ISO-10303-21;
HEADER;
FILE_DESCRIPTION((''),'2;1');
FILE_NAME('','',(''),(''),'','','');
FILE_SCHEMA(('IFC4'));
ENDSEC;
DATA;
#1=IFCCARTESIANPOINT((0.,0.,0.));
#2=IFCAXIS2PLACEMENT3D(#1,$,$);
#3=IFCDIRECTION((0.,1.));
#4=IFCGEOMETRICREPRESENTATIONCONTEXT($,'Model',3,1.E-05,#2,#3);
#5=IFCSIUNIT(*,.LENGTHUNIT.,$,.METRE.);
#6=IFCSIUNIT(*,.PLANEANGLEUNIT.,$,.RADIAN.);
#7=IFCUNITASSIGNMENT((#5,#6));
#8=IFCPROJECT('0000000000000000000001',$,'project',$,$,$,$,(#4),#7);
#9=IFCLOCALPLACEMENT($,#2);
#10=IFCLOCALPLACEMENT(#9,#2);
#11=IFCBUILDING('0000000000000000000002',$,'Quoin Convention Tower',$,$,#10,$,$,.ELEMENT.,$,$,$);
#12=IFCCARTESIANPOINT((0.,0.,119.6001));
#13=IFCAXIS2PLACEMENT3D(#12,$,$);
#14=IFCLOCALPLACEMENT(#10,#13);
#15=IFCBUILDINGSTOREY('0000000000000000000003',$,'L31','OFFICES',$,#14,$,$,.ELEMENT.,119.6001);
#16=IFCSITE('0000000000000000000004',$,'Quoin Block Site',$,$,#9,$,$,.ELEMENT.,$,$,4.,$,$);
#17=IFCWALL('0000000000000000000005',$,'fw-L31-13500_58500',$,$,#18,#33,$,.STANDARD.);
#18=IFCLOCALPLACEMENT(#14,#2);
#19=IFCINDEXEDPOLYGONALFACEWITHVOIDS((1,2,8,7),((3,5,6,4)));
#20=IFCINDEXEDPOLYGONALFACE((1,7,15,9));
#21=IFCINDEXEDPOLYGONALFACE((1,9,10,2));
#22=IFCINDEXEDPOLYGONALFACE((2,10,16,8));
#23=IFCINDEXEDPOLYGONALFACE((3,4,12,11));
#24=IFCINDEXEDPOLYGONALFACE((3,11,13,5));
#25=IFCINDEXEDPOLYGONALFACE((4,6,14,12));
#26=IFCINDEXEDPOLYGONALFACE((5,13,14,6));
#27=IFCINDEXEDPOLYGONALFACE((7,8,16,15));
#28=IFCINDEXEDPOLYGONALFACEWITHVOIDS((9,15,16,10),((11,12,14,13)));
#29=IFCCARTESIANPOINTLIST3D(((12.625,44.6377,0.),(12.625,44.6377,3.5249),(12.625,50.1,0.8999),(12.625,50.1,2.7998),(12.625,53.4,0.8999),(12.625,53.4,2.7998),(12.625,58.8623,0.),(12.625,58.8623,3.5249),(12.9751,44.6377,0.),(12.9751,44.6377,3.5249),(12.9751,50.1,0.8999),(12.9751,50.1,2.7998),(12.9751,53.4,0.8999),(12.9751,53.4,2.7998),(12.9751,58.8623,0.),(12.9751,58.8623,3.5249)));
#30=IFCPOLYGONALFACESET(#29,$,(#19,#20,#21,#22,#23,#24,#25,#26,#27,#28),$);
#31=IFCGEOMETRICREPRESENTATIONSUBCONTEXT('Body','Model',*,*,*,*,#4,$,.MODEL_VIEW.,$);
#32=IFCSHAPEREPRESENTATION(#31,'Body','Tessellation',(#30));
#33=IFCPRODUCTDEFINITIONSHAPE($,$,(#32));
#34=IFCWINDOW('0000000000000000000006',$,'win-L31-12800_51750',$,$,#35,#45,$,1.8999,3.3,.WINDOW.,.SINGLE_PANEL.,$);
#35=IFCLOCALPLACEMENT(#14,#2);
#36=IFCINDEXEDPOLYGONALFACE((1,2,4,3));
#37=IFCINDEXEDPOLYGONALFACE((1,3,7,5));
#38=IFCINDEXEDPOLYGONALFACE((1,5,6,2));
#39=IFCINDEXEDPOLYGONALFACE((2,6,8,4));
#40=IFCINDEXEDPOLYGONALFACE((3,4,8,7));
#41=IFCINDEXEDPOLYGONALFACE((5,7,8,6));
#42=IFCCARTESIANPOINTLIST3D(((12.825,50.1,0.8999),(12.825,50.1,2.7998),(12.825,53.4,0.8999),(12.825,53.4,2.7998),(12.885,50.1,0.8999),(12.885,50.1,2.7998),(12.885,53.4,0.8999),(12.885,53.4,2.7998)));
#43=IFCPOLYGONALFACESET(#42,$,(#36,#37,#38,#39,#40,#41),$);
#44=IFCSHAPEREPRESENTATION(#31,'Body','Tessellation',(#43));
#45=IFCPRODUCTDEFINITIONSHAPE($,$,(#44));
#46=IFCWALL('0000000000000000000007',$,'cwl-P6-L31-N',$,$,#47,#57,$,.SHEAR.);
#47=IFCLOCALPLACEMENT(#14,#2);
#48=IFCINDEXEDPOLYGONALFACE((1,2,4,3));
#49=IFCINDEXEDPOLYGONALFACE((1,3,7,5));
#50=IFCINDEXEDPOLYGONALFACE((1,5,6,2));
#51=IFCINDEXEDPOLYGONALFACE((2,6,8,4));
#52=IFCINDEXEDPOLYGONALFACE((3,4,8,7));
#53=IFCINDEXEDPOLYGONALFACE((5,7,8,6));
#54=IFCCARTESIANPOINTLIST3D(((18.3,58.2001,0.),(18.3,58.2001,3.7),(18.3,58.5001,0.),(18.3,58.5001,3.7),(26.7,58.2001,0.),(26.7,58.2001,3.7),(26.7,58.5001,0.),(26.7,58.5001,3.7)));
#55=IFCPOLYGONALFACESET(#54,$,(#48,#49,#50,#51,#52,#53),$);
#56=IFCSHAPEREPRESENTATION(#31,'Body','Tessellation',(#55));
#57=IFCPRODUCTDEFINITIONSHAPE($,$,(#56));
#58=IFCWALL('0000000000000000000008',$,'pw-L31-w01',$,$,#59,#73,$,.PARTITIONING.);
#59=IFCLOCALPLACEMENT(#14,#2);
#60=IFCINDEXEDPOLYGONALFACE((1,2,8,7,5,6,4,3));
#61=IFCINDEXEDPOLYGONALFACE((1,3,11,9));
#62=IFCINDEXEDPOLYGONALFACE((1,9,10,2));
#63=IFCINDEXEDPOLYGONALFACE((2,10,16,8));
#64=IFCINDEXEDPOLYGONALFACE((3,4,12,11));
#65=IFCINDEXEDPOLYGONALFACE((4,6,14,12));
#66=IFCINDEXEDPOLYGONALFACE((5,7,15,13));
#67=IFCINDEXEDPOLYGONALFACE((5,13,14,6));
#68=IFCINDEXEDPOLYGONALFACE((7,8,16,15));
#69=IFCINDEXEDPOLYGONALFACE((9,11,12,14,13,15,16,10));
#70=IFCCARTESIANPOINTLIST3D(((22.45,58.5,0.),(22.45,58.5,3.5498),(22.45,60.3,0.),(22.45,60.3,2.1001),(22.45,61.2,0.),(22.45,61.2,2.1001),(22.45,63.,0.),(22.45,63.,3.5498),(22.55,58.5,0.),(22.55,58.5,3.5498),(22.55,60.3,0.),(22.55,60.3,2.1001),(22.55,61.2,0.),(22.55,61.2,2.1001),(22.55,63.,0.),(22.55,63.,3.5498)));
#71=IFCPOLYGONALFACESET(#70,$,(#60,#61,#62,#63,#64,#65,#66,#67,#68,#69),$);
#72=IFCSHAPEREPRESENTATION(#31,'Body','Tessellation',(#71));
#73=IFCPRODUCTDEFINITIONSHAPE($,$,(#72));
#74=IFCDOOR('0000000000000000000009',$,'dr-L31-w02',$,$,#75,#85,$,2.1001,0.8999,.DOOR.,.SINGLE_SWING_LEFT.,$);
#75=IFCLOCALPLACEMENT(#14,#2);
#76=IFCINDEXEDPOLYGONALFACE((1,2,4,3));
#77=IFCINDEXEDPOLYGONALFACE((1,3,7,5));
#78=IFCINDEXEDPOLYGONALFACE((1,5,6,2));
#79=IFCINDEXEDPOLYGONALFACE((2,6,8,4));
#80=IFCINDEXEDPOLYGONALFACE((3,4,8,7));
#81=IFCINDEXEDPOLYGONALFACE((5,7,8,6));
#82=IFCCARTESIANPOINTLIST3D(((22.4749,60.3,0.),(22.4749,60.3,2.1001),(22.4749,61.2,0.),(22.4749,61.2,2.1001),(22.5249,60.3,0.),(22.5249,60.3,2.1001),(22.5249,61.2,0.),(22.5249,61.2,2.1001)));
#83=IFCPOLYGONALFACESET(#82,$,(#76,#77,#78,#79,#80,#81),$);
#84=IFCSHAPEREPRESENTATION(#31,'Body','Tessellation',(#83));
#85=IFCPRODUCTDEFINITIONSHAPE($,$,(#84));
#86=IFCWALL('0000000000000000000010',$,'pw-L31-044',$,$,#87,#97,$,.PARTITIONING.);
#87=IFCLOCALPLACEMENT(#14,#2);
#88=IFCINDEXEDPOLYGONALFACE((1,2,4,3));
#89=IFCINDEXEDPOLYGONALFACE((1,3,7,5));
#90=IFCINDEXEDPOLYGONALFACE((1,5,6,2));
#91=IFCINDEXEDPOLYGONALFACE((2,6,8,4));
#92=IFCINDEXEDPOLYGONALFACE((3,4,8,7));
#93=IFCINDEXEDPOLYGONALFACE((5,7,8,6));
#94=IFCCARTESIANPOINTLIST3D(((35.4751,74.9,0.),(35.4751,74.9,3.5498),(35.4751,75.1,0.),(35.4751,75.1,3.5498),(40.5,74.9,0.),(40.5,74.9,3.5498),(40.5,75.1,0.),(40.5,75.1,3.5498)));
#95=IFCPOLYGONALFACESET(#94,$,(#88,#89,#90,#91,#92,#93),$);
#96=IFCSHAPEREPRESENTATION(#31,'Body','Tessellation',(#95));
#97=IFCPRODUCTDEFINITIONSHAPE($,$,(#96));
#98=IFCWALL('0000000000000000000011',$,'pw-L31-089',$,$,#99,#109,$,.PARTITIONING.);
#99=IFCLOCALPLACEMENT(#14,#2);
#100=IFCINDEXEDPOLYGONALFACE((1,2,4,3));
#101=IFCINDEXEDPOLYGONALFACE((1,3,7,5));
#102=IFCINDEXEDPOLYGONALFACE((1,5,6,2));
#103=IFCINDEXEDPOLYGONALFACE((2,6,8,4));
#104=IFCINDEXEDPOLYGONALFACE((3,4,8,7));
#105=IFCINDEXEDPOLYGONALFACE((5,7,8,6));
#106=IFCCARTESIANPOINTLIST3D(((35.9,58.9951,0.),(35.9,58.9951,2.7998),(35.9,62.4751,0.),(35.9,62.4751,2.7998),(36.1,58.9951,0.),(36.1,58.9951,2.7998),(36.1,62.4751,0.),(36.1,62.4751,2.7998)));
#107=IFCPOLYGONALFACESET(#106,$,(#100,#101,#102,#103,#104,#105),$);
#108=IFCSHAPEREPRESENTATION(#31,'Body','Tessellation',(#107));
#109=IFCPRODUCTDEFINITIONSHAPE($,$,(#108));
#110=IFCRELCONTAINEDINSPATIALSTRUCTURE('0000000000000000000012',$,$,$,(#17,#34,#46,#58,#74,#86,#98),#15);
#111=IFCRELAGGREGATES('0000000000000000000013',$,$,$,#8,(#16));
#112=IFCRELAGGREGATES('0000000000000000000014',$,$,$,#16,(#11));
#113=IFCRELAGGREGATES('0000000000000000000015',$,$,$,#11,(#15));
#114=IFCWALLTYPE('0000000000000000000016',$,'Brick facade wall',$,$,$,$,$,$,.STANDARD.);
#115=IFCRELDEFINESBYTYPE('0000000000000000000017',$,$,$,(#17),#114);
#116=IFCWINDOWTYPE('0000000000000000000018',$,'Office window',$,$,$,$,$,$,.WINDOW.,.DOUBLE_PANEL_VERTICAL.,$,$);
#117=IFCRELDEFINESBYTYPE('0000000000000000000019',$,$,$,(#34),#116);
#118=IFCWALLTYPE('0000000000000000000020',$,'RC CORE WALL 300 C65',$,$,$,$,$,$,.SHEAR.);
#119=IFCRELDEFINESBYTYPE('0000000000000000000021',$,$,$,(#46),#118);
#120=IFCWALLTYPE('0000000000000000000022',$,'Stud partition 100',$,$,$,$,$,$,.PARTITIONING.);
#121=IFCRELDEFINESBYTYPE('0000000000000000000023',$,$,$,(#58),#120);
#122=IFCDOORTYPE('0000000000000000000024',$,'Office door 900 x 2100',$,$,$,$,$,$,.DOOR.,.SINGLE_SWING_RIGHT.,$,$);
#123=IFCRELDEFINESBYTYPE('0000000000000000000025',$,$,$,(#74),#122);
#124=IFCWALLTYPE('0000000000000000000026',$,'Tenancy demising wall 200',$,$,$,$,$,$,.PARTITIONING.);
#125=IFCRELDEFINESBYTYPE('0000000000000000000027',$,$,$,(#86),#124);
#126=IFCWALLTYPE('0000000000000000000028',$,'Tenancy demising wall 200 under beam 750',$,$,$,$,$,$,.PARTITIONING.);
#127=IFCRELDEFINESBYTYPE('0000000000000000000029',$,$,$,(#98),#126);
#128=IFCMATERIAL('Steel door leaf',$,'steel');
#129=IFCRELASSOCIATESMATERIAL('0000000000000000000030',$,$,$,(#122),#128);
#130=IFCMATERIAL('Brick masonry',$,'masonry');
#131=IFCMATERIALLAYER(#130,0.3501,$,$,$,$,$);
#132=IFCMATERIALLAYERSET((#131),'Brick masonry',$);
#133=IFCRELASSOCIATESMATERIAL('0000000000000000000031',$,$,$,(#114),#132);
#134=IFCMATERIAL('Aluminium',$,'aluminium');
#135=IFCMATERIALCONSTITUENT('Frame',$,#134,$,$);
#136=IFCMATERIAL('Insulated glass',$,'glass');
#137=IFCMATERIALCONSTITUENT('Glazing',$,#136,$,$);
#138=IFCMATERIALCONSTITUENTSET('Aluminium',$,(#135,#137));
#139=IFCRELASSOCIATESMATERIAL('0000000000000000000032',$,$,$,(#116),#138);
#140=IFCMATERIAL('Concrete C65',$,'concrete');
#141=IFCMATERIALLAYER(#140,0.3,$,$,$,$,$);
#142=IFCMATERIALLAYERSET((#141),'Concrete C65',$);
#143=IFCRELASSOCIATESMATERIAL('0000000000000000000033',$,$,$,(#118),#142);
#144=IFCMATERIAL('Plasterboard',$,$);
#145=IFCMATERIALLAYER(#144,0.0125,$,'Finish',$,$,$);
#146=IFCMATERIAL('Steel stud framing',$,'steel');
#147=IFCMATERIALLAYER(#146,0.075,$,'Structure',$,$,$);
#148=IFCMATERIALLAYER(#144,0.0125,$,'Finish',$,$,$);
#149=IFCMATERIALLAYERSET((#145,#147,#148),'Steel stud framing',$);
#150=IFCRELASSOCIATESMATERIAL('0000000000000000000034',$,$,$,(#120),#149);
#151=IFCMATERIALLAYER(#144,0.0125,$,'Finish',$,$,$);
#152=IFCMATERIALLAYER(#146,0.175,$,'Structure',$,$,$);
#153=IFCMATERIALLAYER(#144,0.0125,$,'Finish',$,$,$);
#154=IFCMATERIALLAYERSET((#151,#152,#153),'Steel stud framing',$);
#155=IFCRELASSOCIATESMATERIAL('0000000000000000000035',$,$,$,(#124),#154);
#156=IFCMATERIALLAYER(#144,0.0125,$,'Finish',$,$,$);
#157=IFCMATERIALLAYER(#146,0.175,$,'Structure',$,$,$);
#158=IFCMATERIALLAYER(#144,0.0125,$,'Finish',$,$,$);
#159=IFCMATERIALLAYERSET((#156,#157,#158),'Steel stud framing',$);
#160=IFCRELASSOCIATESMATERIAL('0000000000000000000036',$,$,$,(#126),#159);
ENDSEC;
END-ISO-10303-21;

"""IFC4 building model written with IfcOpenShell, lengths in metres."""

from ifc_helpers import new_model, si_unit, direction, frame, frame_2d, origin, place, context, subcontext, project, spatial, rectangle, extrude, material, layer, layer_set, constituent, constituent_set, type_object, element, fill, save


model = new_model("IFC4")

# Units and contexts
model_context = context("Model", 3, precision=1e-05, world=origin(), true_north=direction((0.0, 1.0)))
body_context = subcontext(model_context, "Body", "Model", "MODEL_VIEW")
ifc_project = project(units=[si_unit("LENGTHUNIT", "METRE"), si_unit("PLANEANGLEUNIT", "RADIAN")], contexts=[model_context])

# Site, building, storey
site_placement = place(None, origin())
site = spatial("IfcSite", under=ifc_project, at=site_placement, Name="Quoin Block Site", CompositionType="ELEMENT", RefElevation=4.0)
building_placement = place(site_placement, origin())
building = spatial("IfcBuilding", under=site, at=building_placement, Name="Quoin Convention Tower", CompositionType="ELEMENT")
storey_placement = place(building_placement, frame((0.0, 0.0, 119.6001)))
storey = spatial("IfcBuildingStorey", under=building, at=storey_placement, Name="L31", Description="OFFICES", CompositionType="ELEMENT", Elevation=119.6001)

# Shared definitions
ifc_material_1 = material(Name="Concrete C65", Category="concrete")

# Shared definitions
ifc_material_2 = material(Name="Plasterboard")
ifc_material_3 = material(Name="Steel stud framing", Category="steel")
ifc_material_4 = material(Name="Steel door leaf", Category="steel")
door_type = type_object("IfcDoorType", Name="Office door 900 x 2100", OperationType="SINGLE_SWING_RIGHT", PredefinedType="DOOR", material=ifc_material_4)

# Shared definitions
ifc_material_5 = material(Name="Brick masonry", Category="masonry")
ifc_layer_1 = layer(ifc_material_5, 0.3501)
ifc_layer_set_1 = layer_set([ifc_layer_1], Name="Brick masonry")
wall_type_1 = type_object("IfcWallType", Name="Brick facade wall", PredefinedType="STANDARD", material=ifc_layer_set_1)
ifc_material_6 = material(Name="Aluminium", Category="aluminium")
ifc_constituent_1 = constituent(ifc_material_6, Name="Frame")
ifc_material_7 = material(Name="Insulated glass", Category="glass")
ifc_constituent_2 = constituent(ifc_material_7, Name="Glazing")
ifc_constituent_set = constituent_set(constituents=[ifc_constituent_1, ifc_constituent_2], Name="Aluminium")
window_type = type_object("IfcWindowType", Name="Office window", PartitioningType="DOUBLE_PANEL_VERTICAL", PredefinedType="WINDOW", material=ifc_constituent_set)

# Wall, opening, window
wall_1_placement = place(storey_placement, frame((12.8, 58.8623, 0.0), z_axis=(0.0, 0.0, 1.0), x_axis=(0.0, -1.0, 0.0)))
wall_1 = element("IfcWall", 1, at=wall_1_placement, inside=storey, type_object=wall_type_1, Name="fw-L31-13500_58500", PredefinedType="STANDARD", context=body_context, shape_type="SweptSolid", body=[
    extrude(rectangle(XDim=14.2246, YDim=0.3501, at=frame_2d((7.1123, 0.0))), origin(), (0.0, 0.0, 1.0), 3.5249),
])
opening_1_placement = place(wall_1_placement, frame((5.4624, 0.0, 0.8999)))
opening_1 = element("IfcOpeningElement", 2, at=opening_1_placement, cuts=wall_1, PredefinedType="OPENING", context=body_context, shape_type="SweptSolid", body=[
    extrude(rectangle(XDim=3.3, YDim=1.8999, at=frame_2d((1.6499, 0.95))), frame((0.0, 0.1851, 0.0), z_axis=(0.0, -1.0, 0.0), x_axis=(1.0, 0.0, 0.0)), (0.0, 0.0, 1.0), 0.3701),
])
window_1_placement = place(opening_1_placement, origin())
window_1 = element("IfcWindow", 3, at=window_1_placement, inside=storey, type_object=window_type, Name="win-L31-12800_51750", OverallHeight=1.8999, OverallWidth=3.3, PartitioningType="SINGLE_PANEL", PredefinedType="WINDOW", context=body_context, shape_type="SweptSolid", body=[
    extrude(rectangle(XDim=3.3, YDim=1.8999, at=frame_2d((1.6499, 0.95))), frame((0.0, 0.085, 0.0), z_axis=(0.0, -1.0, 0.0), x_axis=(1.0, 0.0, 0.0)), (0.0, 0.0, 1.0), 0.0601),
])
fill(opening_1, window_1)

# Wall
ifc_layer_2 = layer(ifc_material_1, 0.3)
ifc_layer_set_2 = layer_set([ifc_layer_2], Name="Concrete C65")
wall_type_2 = type_object("IfcWallType", Name="RC CORE WALL 300 C65", PredefinedType="SHEAR", material=ifc_layer_set_2)
wall_2_placement = place(storey_placement, frame((18.3, 58.3501, 0.0), z_axis=(0.0, 0.0, 1.0), x_axis=(1.0, 0.0, 0.0)))
element("IfcWall", 4, at=wall_2_placement, inside=storey, type_object=wall_type_2, Name="cwl-P6-L31-N", PredefinedType="SHEAR", context=body_context, shape_type="SweptSolid", body=[
    extrude(rectangle(XDim=8.3999, YDim=0.3, at=frame_2d((4.2, 0.0))), origin(), (0.0, 0.0, 1.0), 3.7),
])

# Wall, opening, door
ifc_layer_3 = layer(ifc_material_2, 0.0125, Name="Finish")
ifc_layer_4 = layer(ifc_material_3, 0.075, Name="Structure")
ifc_layer_5 = layer(ifc_material_2, 0.0125, Name="Finish")
ifc_layer_set_3 = layer_set([ifc_layer_3, ifc_layer_4, ifc_layer_5], Name="Steel stud framing")
wall_type_3 = type_object("IfcWallType", Name="Stud partition 100", PredefinedType="PARTITIONING", material=ifc_layer_set_3)
wall_3_placement = place(storey_placement, frame((22.5, 63.0, 0.0), z_axis=(0.0, 0.0, 1.0), x_axis=(0.0, -1.0, 0.0)))
wall_3 = element("IfcWall", 5, at=wall_3_placement, inside=storey, type_object=wall_type_3, Name="pw-L31-w01", PredefinedType="PARTITIONING", context=body_context, shape_type="SweptSolid", body=[
    extrude(rectangle(XDim=4.5, YDim=0.1001, at=frame_2d((2.25, 0.0))), origin(), (0.0, 0.0, 1.0), 3.5498),
])
opening_2_placement = place(wall_3_placement, frame((1.8, 0.0, 0.0)))
opening_2 = element("IfcOpeningElement", 6, at=opening_2_placement, cuts=wall_3, PredefinedType="OPENING", context=body_context, shape_type="SweptSolid", body=[
    extrude(rectangle(XDim=0.8999, YDim=2.1001, at=frame_2d((0.45, 1.05))), frame((0.0, 0.0601, 0.0), z_axis=(0.0, -1.0, 0.0), x_axis=(1.0, 0.0, 0.0)), (0.0, 0.0, 1.0), 0.1201),
])
door_1_placement = place(opening_2_placement, origin())
door_1 = element("IfcDoor", 7, at=door_1_placement, inside=storey, type_object=door_type, Name="dr-L31-w02", OperationType="SINGLE_SWING_LEFT", OverallHeight=2.1001, OverallWidth=0.8999, PredefinedType="DOOR", context=body_context, shape_type="SweptSolid", body=[
    extrude(rectangle(XDim=0.8999, YDim=2.1001, at=frame_2d((0.45, 1.05))), frame((0.0, 0.0249, 0.0), z_axis=(0.0, -1.0, 0.0), x_axis=(1.0, 0.0, 0.0)), (0.0, 0.0, 1.0), 0.05),
])
fill(opening_2, door_1)

# Walls
ifc_layer_6 = layer(ifc_material_2, 0.0125, Name="Finish")
ifc_layer_7 = layer(ifc_material_3, 0.175, Name="Structure")
ifc_layer_8 = layer(ifc_material_2, 0.0125, Name="Finish")
ifc_layer_set_4 = layer_set([ifc_layer_6, ifc_layer_7, ifc_layer_8], Name="Steel stud framing")
wall_type_4 = type_object("IfcWallType", Name="Tenancy demising wall 200", PredefinedType="PARTITIONING", material=ifc_layer_set_4)
wall_4_placement = place(storey_placement, frame((35.4751, 75.0, 0.0), z_axis=(0.0, 0.0, 1.0), x_axis=(1.0, 0.0, 0.0)))
element("IfcWall", 8, at=wall_4_placement, inside=storey, type_object=wall_type_4, Name="pw-L31-044", PredefinedType="PARTITIONING", context=body_context, shape_type="SweptSolid", body=[
    extrude(rectangle(XDim=5.0249, YDim=0.2, at=frame_2d((2.5125, 0.0))), origin(), (0.0, 0.0, 1.0), 3.5498),
])
ifc_layer_9 = layer(ifc_material_2, 0.0125, Name="Finish")
ifc_layer_10 = layer(ifc_material_3, 0.175, Name="Structure")
ifc_layer_11 = layer(ifc_material_2, 0.0125, Name="Finish")
ifc_layer_set_5 = layer_set([ifc_layer_9, ifc_layer_10, ifc_layer_11], Name="Steel stud framing")
wall_type_5 = type_object("IfcWallType", Name="Tenancy demising wall 200 under beam 750", PredefinedType="PARTITIONING", material=ifc_layer_set_5)
wall_5_placement = place(storey_placement, frame((36.0, 58.9951, 0.0), z_axis=(0.0, 0.0, 1.0), x_axis=(0.0, 1.0, 0.0)))
element("IfcWall", 9, at=wall_5_placement, inside=storey, type_object=wall_type_5, Name="pw-L31-089", PredefinedType="PARTITIONING", context=body_context, shape_type="SweptSolid", body=[
    extrude(rectangle(XDim=3.48, YDim=0.2, at=frame_2d((1.74, 0.0))), origin(), (0.0, 0.0, 1.0), 2.7998),
])

save(model, "model.ifc")
